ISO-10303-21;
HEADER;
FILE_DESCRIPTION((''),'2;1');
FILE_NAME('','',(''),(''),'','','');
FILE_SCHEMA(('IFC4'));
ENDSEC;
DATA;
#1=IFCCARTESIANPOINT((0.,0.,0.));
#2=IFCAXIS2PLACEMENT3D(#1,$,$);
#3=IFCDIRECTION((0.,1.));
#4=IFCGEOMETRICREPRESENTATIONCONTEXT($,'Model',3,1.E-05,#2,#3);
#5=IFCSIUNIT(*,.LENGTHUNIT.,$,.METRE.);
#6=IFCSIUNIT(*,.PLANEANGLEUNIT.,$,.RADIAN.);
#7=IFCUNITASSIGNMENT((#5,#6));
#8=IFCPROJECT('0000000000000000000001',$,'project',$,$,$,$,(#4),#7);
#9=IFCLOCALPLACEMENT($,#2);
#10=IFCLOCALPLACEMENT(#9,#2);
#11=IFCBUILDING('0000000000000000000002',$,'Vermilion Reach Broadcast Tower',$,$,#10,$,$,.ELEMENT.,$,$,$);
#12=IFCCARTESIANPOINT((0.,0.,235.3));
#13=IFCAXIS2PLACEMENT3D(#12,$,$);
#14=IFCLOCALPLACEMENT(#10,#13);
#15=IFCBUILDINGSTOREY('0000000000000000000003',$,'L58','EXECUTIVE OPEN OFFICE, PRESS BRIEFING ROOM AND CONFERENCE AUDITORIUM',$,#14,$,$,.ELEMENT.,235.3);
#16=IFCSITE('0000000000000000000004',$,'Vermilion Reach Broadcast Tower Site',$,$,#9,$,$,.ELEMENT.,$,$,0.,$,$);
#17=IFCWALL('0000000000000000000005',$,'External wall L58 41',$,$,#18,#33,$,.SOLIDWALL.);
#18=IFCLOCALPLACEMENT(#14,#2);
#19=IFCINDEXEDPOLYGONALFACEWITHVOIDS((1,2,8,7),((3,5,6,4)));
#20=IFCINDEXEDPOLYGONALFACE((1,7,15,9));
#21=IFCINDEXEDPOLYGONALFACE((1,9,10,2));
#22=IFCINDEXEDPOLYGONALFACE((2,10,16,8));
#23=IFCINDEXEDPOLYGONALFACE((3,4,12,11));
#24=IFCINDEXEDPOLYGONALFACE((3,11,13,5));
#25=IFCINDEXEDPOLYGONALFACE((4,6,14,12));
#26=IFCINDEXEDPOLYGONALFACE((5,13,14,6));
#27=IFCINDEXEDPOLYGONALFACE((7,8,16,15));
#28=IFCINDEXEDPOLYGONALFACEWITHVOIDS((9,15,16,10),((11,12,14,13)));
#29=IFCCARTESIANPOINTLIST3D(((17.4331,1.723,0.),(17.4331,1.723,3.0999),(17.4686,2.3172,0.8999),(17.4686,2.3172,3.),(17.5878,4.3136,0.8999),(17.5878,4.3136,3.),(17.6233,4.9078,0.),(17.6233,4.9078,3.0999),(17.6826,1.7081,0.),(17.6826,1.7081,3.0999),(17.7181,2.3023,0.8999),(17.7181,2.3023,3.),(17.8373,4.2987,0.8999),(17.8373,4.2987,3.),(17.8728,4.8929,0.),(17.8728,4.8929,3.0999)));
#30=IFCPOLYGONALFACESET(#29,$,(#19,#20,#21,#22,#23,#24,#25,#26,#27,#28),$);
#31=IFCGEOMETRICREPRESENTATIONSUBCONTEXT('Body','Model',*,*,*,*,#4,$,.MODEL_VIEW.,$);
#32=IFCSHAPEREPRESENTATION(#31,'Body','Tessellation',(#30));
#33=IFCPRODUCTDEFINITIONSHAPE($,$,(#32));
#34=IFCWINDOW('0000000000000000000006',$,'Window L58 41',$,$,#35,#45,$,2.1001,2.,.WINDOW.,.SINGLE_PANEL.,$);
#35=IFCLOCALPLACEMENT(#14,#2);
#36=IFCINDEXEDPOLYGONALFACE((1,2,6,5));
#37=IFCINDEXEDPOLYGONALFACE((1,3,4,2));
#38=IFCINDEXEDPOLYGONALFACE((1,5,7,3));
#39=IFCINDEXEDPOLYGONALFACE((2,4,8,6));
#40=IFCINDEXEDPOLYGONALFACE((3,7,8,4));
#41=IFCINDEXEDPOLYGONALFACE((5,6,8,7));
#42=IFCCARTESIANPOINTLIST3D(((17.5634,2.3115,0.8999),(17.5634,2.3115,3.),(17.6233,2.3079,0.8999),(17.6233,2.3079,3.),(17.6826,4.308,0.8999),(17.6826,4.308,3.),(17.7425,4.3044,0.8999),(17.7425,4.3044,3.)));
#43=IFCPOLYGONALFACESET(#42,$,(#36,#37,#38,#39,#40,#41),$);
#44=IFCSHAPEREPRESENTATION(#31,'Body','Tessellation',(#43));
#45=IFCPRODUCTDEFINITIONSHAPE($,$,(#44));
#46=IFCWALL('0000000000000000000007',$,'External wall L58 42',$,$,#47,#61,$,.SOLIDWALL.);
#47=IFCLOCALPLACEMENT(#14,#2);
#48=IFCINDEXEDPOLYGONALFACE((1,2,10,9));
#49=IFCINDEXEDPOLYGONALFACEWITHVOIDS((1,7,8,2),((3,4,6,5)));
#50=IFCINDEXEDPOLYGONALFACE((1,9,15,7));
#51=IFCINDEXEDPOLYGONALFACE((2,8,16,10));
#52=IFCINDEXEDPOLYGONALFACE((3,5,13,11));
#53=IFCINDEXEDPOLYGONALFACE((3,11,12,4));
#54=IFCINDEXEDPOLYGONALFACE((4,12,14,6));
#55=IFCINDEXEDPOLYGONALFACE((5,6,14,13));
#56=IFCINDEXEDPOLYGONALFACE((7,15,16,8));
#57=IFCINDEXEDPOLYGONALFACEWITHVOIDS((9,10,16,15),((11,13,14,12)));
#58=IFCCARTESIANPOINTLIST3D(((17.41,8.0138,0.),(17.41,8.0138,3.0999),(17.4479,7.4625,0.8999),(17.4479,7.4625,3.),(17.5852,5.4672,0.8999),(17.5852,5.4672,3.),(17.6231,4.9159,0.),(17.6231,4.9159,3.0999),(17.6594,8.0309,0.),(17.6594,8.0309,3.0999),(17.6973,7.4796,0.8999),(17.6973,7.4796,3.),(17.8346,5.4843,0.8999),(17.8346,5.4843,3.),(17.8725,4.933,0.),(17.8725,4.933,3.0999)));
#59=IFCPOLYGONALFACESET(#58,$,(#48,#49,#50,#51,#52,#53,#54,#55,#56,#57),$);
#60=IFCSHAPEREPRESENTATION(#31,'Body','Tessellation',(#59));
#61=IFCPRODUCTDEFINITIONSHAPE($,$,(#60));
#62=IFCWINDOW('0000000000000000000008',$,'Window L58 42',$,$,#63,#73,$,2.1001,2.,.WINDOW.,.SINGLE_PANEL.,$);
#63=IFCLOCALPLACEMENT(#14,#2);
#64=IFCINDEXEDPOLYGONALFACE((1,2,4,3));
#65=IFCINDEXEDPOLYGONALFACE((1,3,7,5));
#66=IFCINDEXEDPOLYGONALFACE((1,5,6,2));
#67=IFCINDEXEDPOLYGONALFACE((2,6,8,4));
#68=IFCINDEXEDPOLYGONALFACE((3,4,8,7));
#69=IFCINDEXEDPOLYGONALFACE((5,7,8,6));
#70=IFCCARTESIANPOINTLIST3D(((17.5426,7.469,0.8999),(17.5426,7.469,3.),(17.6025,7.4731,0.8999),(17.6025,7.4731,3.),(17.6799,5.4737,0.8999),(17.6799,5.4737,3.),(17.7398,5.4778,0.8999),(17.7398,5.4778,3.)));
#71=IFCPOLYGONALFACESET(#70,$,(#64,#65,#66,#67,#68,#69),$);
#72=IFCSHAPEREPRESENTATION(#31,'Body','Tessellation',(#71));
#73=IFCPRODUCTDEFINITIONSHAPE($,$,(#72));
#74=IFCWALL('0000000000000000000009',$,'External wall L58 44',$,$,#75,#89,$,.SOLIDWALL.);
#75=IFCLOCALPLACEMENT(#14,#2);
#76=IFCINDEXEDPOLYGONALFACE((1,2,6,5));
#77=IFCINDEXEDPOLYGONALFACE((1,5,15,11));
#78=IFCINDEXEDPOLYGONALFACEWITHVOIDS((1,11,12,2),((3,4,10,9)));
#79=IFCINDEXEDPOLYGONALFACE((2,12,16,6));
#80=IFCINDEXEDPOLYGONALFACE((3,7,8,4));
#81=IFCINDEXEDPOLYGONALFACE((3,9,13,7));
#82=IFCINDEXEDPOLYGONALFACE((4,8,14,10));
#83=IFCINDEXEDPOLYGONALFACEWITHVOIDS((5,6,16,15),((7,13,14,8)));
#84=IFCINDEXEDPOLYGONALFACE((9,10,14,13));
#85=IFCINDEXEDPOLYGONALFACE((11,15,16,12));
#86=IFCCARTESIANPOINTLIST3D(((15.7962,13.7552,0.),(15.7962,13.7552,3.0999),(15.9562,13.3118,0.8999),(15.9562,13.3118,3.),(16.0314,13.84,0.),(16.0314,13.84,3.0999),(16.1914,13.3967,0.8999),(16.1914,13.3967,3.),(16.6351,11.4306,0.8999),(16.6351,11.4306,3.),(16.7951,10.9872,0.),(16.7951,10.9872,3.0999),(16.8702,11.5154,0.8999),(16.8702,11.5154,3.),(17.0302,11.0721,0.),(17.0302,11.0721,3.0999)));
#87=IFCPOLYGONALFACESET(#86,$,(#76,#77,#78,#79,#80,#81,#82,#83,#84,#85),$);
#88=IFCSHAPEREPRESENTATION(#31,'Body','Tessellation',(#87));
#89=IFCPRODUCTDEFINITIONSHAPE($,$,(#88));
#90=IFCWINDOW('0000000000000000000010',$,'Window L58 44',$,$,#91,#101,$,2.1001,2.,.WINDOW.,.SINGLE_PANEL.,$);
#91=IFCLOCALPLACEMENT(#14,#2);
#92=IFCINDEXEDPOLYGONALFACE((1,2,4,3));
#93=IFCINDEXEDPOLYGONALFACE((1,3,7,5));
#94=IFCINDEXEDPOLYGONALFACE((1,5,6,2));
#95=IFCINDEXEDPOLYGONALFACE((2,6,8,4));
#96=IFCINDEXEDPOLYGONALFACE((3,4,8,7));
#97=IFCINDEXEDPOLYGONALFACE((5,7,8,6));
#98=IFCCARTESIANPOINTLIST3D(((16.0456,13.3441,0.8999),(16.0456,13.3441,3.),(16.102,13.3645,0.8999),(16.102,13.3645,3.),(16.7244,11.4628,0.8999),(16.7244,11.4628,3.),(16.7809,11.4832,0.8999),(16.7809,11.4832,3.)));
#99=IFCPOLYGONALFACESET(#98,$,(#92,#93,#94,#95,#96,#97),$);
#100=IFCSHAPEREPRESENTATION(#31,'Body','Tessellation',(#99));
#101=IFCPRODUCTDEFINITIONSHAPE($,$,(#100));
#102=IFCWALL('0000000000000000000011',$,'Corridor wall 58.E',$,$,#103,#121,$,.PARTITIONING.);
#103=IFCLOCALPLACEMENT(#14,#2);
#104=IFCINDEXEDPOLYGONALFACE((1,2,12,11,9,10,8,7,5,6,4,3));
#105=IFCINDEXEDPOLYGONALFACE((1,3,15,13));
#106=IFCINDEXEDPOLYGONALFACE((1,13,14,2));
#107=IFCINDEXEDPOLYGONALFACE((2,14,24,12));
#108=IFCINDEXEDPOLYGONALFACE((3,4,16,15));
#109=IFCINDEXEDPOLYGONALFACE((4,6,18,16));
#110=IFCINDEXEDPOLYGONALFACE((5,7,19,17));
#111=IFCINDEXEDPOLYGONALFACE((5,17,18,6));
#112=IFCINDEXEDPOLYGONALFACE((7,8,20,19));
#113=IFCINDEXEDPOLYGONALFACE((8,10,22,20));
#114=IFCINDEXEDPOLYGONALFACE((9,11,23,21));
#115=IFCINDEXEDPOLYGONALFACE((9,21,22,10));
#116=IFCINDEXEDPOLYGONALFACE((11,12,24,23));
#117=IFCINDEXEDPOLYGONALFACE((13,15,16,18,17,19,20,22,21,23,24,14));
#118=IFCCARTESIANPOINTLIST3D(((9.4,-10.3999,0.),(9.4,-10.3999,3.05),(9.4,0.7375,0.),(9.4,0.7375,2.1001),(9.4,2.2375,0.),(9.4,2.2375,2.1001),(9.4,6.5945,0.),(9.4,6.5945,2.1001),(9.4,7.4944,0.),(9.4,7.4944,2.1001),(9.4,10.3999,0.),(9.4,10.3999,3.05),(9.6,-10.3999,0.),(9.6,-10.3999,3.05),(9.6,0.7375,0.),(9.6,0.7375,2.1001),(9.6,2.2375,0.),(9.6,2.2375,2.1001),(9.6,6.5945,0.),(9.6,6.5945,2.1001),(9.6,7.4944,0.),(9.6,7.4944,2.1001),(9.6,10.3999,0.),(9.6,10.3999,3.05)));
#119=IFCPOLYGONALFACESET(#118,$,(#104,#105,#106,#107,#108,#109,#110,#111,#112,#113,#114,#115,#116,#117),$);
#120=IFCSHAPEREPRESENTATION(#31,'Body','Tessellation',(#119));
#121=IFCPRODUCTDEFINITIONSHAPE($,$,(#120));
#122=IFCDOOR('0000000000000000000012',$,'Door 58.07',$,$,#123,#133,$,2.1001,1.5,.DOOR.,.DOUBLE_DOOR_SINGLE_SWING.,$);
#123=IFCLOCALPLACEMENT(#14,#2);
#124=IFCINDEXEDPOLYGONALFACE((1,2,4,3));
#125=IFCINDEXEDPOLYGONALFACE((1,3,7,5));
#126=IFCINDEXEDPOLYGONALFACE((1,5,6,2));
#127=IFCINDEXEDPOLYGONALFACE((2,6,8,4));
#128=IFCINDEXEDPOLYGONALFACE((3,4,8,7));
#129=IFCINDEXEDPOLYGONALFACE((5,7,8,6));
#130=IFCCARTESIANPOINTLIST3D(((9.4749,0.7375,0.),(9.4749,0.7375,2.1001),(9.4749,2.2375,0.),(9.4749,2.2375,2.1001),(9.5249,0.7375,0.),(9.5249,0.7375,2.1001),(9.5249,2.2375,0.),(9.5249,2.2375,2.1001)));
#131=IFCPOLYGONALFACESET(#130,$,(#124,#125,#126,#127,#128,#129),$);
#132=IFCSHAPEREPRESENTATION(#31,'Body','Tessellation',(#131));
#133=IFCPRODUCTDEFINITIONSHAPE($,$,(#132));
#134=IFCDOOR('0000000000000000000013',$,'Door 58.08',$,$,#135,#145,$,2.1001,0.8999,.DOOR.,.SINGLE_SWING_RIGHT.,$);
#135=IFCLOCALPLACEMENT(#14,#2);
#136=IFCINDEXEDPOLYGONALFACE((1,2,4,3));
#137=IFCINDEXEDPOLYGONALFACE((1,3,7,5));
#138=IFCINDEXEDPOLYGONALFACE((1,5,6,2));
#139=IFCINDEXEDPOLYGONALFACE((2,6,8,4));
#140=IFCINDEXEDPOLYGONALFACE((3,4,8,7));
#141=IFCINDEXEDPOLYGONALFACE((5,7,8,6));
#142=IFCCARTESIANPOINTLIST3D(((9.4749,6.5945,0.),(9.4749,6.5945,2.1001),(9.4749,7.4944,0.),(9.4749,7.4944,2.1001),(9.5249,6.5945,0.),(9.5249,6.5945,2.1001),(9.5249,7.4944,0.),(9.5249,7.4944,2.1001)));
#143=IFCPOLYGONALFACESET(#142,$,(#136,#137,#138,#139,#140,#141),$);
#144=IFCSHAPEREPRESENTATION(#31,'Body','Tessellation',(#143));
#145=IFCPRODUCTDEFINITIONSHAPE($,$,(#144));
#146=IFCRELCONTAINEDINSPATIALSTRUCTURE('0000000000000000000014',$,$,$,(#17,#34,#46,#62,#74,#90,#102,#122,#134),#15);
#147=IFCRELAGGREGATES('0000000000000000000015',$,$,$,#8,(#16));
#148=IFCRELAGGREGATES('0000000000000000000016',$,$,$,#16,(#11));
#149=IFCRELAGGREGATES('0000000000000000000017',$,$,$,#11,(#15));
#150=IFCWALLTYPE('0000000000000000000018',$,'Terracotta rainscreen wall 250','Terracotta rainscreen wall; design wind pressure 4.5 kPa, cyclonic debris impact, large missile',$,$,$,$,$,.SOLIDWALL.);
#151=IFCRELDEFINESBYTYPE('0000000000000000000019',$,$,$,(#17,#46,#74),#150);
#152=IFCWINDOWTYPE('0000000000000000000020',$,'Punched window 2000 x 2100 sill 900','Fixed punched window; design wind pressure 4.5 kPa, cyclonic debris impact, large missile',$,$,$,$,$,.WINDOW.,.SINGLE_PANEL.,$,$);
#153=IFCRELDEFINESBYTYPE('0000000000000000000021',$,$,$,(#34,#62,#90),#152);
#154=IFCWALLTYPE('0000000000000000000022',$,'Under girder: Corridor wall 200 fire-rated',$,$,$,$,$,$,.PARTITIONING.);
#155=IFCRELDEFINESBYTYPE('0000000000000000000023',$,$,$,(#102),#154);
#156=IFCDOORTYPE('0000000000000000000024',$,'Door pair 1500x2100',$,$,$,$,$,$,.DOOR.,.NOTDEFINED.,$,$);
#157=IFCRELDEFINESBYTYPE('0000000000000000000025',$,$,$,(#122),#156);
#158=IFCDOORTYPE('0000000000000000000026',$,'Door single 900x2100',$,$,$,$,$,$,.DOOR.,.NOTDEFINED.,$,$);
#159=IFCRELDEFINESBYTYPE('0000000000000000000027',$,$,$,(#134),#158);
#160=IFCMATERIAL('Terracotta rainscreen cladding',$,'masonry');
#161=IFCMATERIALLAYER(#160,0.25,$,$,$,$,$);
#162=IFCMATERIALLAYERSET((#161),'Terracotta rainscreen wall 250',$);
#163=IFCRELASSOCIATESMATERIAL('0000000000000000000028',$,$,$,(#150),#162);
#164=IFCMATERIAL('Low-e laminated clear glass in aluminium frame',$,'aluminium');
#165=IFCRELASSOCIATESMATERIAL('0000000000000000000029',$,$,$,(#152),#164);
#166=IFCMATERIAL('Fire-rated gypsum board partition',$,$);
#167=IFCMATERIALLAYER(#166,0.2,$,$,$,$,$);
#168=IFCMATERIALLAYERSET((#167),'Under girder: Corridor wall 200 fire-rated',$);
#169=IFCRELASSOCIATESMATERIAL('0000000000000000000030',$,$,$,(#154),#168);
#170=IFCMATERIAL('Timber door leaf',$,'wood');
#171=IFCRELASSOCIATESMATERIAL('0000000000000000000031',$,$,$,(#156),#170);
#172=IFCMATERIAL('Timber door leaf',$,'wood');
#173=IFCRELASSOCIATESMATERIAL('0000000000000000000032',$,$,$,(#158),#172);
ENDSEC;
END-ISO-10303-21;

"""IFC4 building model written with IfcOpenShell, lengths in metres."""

from ifc_helpers import new_model, si_unit, direction, frame, frame_2d, origin, place, context, subcontext, project, spatial, rectangle, extrude, material, layer, layer_set, type_object, element, fill, save


model = new_model("IFC4")

# Units and contexts
model_context = context("Model", 3, precision=1e-05, world=origin(), true_north=direction((0.0, 1.0)))
body_context = subcontext(model_context, "Body", "Model", "MODEL_VIEW")
ifc_project = project(units=[si_unit("LENGTHUNIT", "METRE"), si_unit("PLANEANGLEUNIT", "RADIAN")], contexts=[model_context])

# Site, building, storey
site_placement = place(None, origin())
site = spatial("IfcSite", under=ifc_project, at=site_placement, Name="Vermilion Reach Broadcast Tower Site", CompositionType="ELEMENT", RefElevation=0.0)
building_placement = place(site_placement, origin())
building = spatial("IfcBuilding", under=site, at=building_placement, Name="Vermilion Reach Broadcast Tower", CompositionType="ELEMENT")
storey_placement = place(building_placement, frame((0.0, 0.0, 235.3)))
storey = spatial("IfcBuildingStorey", under=building, at=storey_placement, Name="L58", Description="EXECUTIVE OPEN OFFICE, PRESS BRIEFING ROOM AND CONFERENCE AUDITORIUM", CompositionType="ELEMENT", Elevation=235.3)

# Walls, openings, windows
ifc_material_1 = material(Name="Terracotta rainscreen cladding", Category="masonry")
ifc_layer_1 = layer(ifc_material_1, 0.25)
ifc_layer_set_1 = layer_set([ifc_layer_1], Name="Terracotta rainscreen wall 250")
wall_type_1 = type_object("IfcWallType", Name="Terracotta rainscreen wall 250", Description="Terracotta rainscreen wall; design wind pressure 4.5 kPa, cyclonic debris impact, large missile", PredefinedType="SOLIDWALL", material=ifc_layer_set_1)
wall_1_placement = place(storey_placement, frame((17.5579, 1.7156, 0.0), z_axis=(0.0, 0.0, 1.0), x_axis=(0.05961, 0.998222, 0.0)))
wall_1 = element("IfcWall", 1, at=wall_1_placement, inside=storey, type_object=wall_type_1, Name="External wall L58 41", PredefinedType="SOLIDWALL", context=body_context, shape_type="SweptSolid", body=[
    extrude(rectangle(XDim=3.1904, YDim=0.25, at=frame_2d((1.5952, 0.0))), origin(), (0.0, 0.0, 1.0), 3.0999),
])
opening_1_placement = place(wall_1_placement, frame((0.5952, 0.0, 0.8999)))
opening_1 = element("IfcOpeningElement", 2, at=opening_1_placement, cuts=wall_1, PredefinedType="OPENING", context=body_context, shape_type="SweptSolid", body=[
    extrude(rectangle(XDim=2.0, YDim=2.1001, at=frame_2d((1.0, 1.05))), frame((0.0, 0.135, 0.0), z_axis=(0.0, -1.0, 0.0), x_axis=(1.0, 0.0, 0.0)), (0.0, 0.0, 1.0), 0.27),
])
ifc_material_2 = material(Name="Low-e laminated clear glass in aluminium frame", Category="aluminium")
window_type = type_object("IfcWindowType", Name="Punched window 2000 x 2100 sill 900", Description="Fixed punched window; design wind pressure 4.5 kPa, cyclonic debris impact, large missile", PartitioningType="SINGLE_PANEL", PredefinedType="WINDOW", material=ifc_material_2)
window_1_placement = place(opening_1_placement, origin())
window_1 = element("IfcWindow", 3, at=window_1_placement, inside=storey, type_object=window_type, Name="Window L58 41", OverallHeight=2.1001, OverallWidth=2.0, PartitioningType="SINGLE_PANEL", PredefinedType="WINDOW", context=body_context, shape_type="SweptSolid", body=[
    extrude(rectangle(XDim=2.0, YDim=2.1001, at=frame_2d((1.0, 1.05))), frame((0.0, 0.03, 0.0), z_axis=(0.0, -1.0, 0.0), x_axis=(1.0, 0.0, 0.0)), (0.0, 0.0, 1.0), 0.0601),
])
fill(opening_1, window_1)
wall_2_placement = place(storey_placement, frame((17.7478, 4.9243, 0.0), z_axis=(0.0, 0.0, 1.0), x_axis=(-0.068637, 0.997642, 0.0)))
wall_2 = element("IfcWall", 4, at=wall_2_placement, inside=storey, type_object=wall_type_1, Name="External wall L58 42", PredefinedType="SOLIDWALL", context=body_context, shape_type="SweptSolid", body=[
    extrude(rectangle(XDim=3.1052, YDim=0.25, at=frame_2d((1.5527, 0.0))), origin(), (0.0, 0.0, 1.0), 3.0999),
])
opening_2_placement = place(wall_2_placement, frame((0.5527, 0.0, 0.8999)))
opening_2 = element("IfcOpeningElement", 5, at=opening_2_placement, cuts=wall_2, PredefinedType="OPENING", context=body_context, shape_type="SweptSolid", body=[
    extrude(rectangle(XDim=2.0, YDim=2.1001, at=frame_2d((1.0, 1.05))), frame((0.0, 0.135, 0.0), z_axis=(0.0, -1.0, 0.0), x_axis=(1.0, 0.0, 0.0)), (0.0, 0.0, 1.0), 0.27),
])
window_2_placement = place(opening_2_placement, origin())
window_2 = element("IfcWindow", 6, at=window_2_placement, inside=storey, type_object=window_type, Name="Window L58 42", OverallHeight=2.1001, OverallWidth=2.0, PartitioningType="SINGLE_PANEL", PredefinedType="WINDOW", context=body_context, shape_type="SweptSolid", body=[
    extrude(rectangle(XDim=2.0, YDim=2.1001, at=frame_2d((1.0, 1.05))), frame((0.0, 0.03, 0.0), z_axis=(0.0, -1.0, 0.0), x_axis=(1.0, 0.0, 0.0)), (0.0, 0.0, 1.0), 0.0601),
])
fill(opening_2, window_2)

# Wall, opening, window
wall_3_placement = place(storey_placement, frame((16.9126, 11.0298, 0.0), z_axis=(0.0, 0.0, 1.0), x_axis=(-0.33943, 0.940631, 0.0)))
wall_3 = element("IfcWall", 7, at=wall_3_placement, inside=storey, type_object=wall_type_1, Name="External wall L58 44", PredefinedType="SOLIDWALL", context=body_context, shape_type="SweptSolid", body=[
    extrude(rectangle(XDim=2.9426, YDim=0.25, at=frame_2d((1.4712, 0.0))), origin(), (0.0, 0.0, 1.0), 3.0999),
])
opening_3_placement = place(wall_3_placement, frame((0.4712, 0.0, 0.8999)))
opening_3 = element("IfcOpeningElement", 8, at=opening_3_placement, cuts=wall_3, PredefinedType="OPENING", context=body_context, shape_type="SweptSolid", body=[
    extrude(rectangle(XDim=2.0, YDim=2.1001, at=frame_2d((1.0, 1.05))), frame((0.0, 0.135, 0.0), z_axis=(0.0, -1.0, 0.0), x_axis=(1.0, 0.0, 0.0)), (0.0, 0.0, 1.0), 0.27),
])
window_3_placement = place(opening_3_placement, origin())
window_3 = element("IfcWindow", 9, at=window_3_placement, inside=storey, type_object=window_type, Name="Window L58 44", OverallHeight=2.1001, OverallWidth=2.0, PartitioningType="SINGLE_PANEL", PredefinedType="WINDOW", context=body_context, shape_type="SweptSolid", body=[
    extrude(rectangle(XDim=2.0, YDim=2.1001, at=frame_2d((1.0, 1.05))), frame((0.0, 0.03, 0.0), z_axis=(0.0, -1.0, 0.0), x_axis=(1.0, 0.0, 0.0)), (0.0, 0.0, 1.0), 0.0601),
])
fill(opening_3, window_3)

# Wall, openings, doors
ifc_material_3 = material(Name="Fire-rated gypsum board partition")
ifc_layer_2 = layer(ifc_material_3, 0.2)
ifc_layer_set_2 = layer_set([ifc_layer_2], Name="Under girder: Corridor wall 200 fire-rated")
wall_type_2 = type_object("IfcWallType", Name="Under girder: Corridor wall 200 fire-rated", PredefinedType="PARTITIONING", material=ifc_layer_set_2)
wall_4_placement = place(storey_placement, frame((9.5, 10.3999, 0.0), z_axis=(0.0, 0.0, 1.0), x_axis=(0.0, -1.0, 0.0)))
wall_4 = element("IfcWall", 10, at=wall_4_placement, inside=storey, type_object=wall_type_2, Name="Corridor wall 58.E", PredefinedType="PARTITIONING", context=body_context, shape_type="SweptSolid", body=[
    extrude(rectangle(XDim=20.7998, YDim=0.2, at=frame_2d((10.3999, 0.0))), origin(), (0.0, 0.0, 1.0), 3.05),
])
opening_4_placement = place(wall_4_placement, frame((8.1624, 0.0, 0.0)))
opening_4 = element("IfcOpeningElement", 11, at=opening_4_placement, cuts=wall_4, PredefinedType="OPENING", context=body_context, shape_type="SweptSolid", body=[
    extrude(rectangle(XDim=1.5, YDim=2.1001, at=frame_2d((0.75, 1.05))), frame((0.0, 0.1099, 0.0), z_axis=(0.0, -1.0, 0.0), x_axis=(1.0, 0.0, 0.0)), (0.0, 0.0, 1.0), 0.22),
])
opening_5_placement = place(wall_4_placement, frame((2.9055, 0.0, 0.0)))
opening_5 = element("IfcOpeningElement", 12, at=opening_5_placement, cuts=wall_4, PredefinedType="OPENING", context=body_context, shape_type="SweptSolid", body=[
    extrude(rectangle(XDim=0.8999, YDim=2.1001, at=frame_2d((0.45, 1.05))), frame((0.0, 0.1099, 0.0), z_axis=(0.0, -1.0, 0.0), x_axis=(1.0, 0.0, 0.0)), (0.0, 0.0, 1.0), 0.22),
])
ifc_material_4 = material(Name="Timber door leaf", Category="wood")
door_type_1 = type_object("IfcDoorType", Name="Door pair 1500x2100", OperationType="NOTDEFINED", PredefinedType="DOOR", material=ifc_material_4)
door_1_placement = place(opening_4_placement, origin())
door_1 = element("IfcDoor", 13, at=door_1_placement, inside=storey, type_object=door_type_1, Name="Door 58.07", OperationType="DOUBLE_DOOR_SINGLE_SWING", OverallHeight=2.1001, OverallWidth=1.5, PredefinedType="DOOR", context=body_context, shape_type="SweptSolid", body=[
    extrude(rectangle(XDim=1.5, YDim=2.1001, at=frame_2d((0.75, 1.05))), frame((0.0, 0.0249, 0.0), z_axis=(0.0, -1.0, 0.0), x_axis=(1.0, 0.0, 0.0)), (0.0, 0.0, 1.0), 0.05),
])
fill(opening_4, door_1)
ifc_material_5 = material(Name="Timber door leaf", Category="wood")
door_type_2 = type_object("IfcDoorType", Name="Door single 900x2100", OperationType="NOTDEFINED", PredefinedType="DOOR", material=ifc_material_5)
door_2_placement = place(opening_5_placement, origin())
door_2 = element("IfcDoor", 14, at=door_2_placement, inside=storey, type_object=door_type_2, Name="Door 58.08", OperationType="SINGLE_SWING_RIGHT", OverallHeight=2.1001, OverallWidth=0.8999, PredefinedType="DOOR", context=body_context, shape_type="SweptSolid", body=[
    extrude(rectangle(XDim=0.8999, YDim=2.1001, at=frame_2d((0.45, 1.05))), frame((0.0, 0.0249, 0.0), z_axis=(0.0, -1.0, 0.0), x_axis=(1.0, 0.0, 0.0)), (0.0, 0.0, 1.0), 0.05),
])
fill(opening_5, door_2)

save(model, "model.ifc")
